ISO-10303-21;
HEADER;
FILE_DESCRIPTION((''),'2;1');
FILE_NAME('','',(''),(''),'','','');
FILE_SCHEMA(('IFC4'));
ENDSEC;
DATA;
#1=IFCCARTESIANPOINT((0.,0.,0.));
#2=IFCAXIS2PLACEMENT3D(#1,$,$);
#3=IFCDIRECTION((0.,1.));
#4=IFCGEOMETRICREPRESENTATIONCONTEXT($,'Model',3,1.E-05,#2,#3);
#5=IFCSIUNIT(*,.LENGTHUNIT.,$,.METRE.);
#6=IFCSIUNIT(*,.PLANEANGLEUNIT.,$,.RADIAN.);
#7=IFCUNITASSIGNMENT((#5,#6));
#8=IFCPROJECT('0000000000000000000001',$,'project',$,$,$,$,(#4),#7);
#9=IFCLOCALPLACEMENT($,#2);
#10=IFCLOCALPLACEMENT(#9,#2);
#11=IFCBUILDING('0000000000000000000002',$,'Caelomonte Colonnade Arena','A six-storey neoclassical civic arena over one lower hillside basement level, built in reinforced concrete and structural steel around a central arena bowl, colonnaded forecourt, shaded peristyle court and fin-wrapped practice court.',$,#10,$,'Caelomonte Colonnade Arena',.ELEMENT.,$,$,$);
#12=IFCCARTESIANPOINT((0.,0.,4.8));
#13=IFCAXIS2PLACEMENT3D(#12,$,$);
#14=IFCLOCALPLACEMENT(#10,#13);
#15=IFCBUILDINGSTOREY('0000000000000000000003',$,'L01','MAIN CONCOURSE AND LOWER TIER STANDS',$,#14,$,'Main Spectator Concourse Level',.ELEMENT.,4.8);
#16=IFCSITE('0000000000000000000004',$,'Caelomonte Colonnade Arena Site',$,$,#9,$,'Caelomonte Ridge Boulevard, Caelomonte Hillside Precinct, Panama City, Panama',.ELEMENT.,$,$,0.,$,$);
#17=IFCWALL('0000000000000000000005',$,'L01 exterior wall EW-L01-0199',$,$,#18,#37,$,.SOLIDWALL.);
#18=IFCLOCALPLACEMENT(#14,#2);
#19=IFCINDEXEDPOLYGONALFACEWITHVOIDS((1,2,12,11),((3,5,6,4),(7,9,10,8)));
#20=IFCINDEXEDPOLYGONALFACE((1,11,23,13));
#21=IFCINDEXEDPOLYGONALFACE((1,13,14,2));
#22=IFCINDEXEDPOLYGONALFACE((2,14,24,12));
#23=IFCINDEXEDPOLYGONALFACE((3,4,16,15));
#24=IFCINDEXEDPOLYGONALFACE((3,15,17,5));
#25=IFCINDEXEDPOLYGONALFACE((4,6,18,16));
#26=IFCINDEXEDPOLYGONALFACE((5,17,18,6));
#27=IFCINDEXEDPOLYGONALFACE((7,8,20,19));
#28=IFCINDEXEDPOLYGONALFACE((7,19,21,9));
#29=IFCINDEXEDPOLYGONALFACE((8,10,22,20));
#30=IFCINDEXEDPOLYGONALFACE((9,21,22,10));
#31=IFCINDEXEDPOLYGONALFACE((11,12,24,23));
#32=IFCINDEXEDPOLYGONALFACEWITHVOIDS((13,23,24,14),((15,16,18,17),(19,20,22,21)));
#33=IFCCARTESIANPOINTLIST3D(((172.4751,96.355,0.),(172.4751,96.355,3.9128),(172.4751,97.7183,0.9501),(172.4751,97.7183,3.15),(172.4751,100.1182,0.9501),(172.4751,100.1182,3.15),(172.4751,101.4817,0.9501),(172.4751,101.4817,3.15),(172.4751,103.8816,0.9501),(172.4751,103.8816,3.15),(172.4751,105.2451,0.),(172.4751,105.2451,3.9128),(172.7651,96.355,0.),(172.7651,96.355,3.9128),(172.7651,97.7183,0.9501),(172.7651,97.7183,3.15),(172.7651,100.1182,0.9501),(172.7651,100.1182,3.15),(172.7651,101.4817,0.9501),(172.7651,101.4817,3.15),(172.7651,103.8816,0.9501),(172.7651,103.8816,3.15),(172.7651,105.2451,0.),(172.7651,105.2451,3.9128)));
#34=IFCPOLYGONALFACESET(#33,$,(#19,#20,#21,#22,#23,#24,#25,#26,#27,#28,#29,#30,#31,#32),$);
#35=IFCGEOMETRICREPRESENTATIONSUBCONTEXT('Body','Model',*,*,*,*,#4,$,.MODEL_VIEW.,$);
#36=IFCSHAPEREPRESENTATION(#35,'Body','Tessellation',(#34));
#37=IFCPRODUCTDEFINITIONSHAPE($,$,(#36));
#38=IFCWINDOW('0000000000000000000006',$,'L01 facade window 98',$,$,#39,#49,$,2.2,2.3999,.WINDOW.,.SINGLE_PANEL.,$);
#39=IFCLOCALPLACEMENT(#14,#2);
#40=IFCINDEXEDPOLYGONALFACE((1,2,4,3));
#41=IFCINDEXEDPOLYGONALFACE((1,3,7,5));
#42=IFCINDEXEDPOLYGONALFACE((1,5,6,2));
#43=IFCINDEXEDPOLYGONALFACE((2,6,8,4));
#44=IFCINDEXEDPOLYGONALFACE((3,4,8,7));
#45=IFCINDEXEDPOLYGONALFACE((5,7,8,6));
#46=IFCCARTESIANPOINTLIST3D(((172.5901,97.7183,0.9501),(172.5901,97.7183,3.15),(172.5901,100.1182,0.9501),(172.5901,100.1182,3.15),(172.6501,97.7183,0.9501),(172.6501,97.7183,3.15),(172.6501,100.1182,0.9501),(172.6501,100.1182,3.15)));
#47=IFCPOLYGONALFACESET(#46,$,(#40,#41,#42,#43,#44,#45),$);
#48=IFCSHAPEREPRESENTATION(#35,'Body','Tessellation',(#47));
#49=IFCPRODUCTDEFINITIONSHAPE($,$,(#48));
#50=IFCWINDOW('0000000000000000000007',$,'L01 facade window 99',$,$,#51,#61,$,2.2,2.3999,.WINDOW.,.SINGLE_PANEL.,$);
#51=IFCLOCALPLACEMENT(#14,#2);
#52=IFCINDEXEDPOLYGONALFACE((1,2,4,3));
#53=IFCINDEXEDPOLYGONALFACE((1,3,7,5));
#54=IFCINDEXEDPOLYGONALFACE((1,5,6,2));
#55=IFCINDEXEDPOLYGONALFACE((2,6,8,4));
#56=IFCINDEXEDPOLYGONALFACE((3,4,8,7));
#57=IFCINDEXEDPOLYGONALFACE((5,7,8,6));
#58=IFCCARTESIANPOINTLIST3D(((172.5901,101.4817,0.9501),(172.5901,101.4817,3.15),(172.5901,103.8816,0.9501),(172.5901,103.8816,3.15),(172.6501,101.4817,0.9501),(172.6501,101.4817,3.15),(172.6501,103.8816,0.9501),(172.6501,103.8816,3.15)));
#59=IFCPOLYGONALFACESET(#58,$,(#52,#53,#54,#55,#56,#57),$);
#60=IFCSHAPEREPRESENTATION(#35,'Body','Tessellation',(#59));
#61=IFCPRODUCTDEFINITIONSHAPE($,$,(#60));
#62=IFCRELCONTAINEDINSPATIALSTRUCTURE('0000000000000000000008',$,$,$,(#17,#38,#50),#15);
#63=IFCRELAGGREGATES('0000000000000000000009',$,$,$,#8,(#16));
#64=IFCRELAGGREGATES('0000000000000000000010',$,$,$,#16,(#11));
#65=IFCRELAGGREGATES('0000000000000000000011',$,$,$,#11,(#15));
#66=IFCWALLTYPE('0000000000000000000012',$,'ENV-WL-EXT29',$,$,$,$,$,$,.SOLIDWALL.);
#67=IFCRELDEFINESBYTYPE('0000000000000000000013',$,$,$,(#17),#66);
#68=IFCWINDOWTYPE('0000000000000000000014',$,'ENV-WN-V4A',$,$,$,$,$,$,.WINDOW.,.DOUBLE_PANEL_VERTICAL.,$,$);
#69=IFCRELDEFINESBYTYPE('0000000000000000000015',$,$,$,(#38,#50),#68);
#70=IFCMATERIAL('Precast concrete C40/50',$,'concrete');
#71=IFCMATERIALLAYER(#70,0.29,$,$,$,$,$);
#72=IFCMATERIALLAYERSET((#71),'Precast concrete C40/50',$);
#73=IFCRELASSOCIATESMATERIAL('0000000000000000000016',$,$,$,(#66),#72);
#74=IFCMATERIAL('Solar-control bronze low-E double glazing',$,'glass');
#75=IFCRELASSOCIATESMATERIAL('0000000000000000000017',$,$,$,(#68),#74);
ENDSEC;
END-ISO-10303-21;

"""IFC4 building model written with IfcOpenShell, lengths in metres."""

from ifc_helpers import new_model, si_unit, direction, frame, frame_2d, origin, place, context, subcontext, project, spatial, rectangle, extrude, material, layer, layer_set, type_object, element, fill, save


model = new_model("IFC4")

# Units and contexts
model_context = context("Model", 3, precision=1e-05, world=origin(), true_north=direction((0.0, 1.0)))
body_context = subcontext(model_context, "Body", "Model", "MODEL_VIEW")
ifc_project = project(units=[si_unit("LENGTHUNIT", "METRE"), si_unit("PLANEANGLEUNIT", "RADIAN")], contexts=[model_context])

# Site, building, storey
site_placement = place(None, origin())
site = spatial("IfcSite", under=ifc_project, at=site_placement, Name="Caelomonte Colonnade Arena Site", LongName="Caelomonte Ridge Boulevard, Caelomonte Hillside Precinct, Panama City, Panama", CompositionType="ELEMENT", RefElevation=0.0)
building_placement = place(site_placement, origin())
building = spatial("IfcBuilding", under=site, at=building_placement, Name="Caelomonte Colonnade Arena", Description="A six-storey neoclassical civic arena over one lower hillside basement level, built in reinforced concrete and structural steel around a central arena bowl, colonnaded forecourt, shaded peristyle court and fin-wrapped practice court.", LongName="Caelomonte Colonnade Arena", CompositionType="ELEMENT")
storey_placement = place(building_placement, frame((0.0, 0.0, 4.8)))
storey = spatial("IfcBuildingStorey", under=building, at=storey_placement, Name="L01", Description="MAIN CONCOURSE AND LOWER TIER STANDS", LongName="Main Spectator Concourse Level", CompositionType="ELEMENT", Elevation=4.8)

# Shared definitions
ifc_material_1 = material(Name="Solar-control bronze low-E double glazing", Category="glass")

# Wall, openings, windows
ifc_material_2 = material(Name="Precast concrete C40/50", Category="concrete")
ifc_layer_1 = layer(ifc_material_2, 0.29)
ifc_layer_set_1 = layer_set([ifc_layer_1], Name="Precast concrete C40/50")
wall_type = type_object("IfcWallType", Name="ENV-WL-EXT29", PredefinedType="SOLIDWALL", material=ifc_layer_set_1)
window_type = type_object("IfcWindowType", Name="ENV-WN-V4A", PartitioningType="DOUBLE_PANEL_VERTICAL", PredefinedType="WINDOW", material=ifc_material_1)
wall_1_placement = place(storey_placement, frame((172.6201, 96.355, 0.0), z_axis=(0.0, 0.0, 1.0), x_axis=(0.0, 1.0, 0.0)))
wall_1 = element("IfcWall", 1, at=wall_1_placement, inside=storey, type_object=wall_type, Name="L01 exterior wall EW-L01-0199", PredefinedType="SOLIDWALL", context=body_context, shape_type="SweptSolid", body=[
    extrude(rectangle(XDim=8.8901, YDim=0.29, at=frame_2d((4.4451, 0.0))), origin(), (0.0, 0.0, 1.0), 3.9128),
])
opening_1_placement = place(wall_1_placement, frame((3.7632, 0.0, 0.95), z_axis=(0.0, 0.0, 1.0), x_axis=(-1.0, 0.0, 0.0)))
opening_1 = element("IfcOpeningElement", 2, at=opening_1_placement, cuts=wall_1, PredefinedType="OPENING", context=body_context, shape_type="SweptSolid", body=[
    extrude(rectangle(XDim=2.3999, YDim=2.2, at=frame_2d((1.2, 1.1001))), frame((0.0, 0.155, 0.0), z_axis=(0.0, -1.0, 0.0), x_axis=(1.0, 0.0, 0.0)), (0.0, 0.0, 1.0), 0.3101),
])
opening_2_placement = place(wall_1_placement, frame((7.5266, 0.0, 0.95), z_axis=(0.0, 0.0, 1.0), x_axis=(-1.0, 0.0, 0.0)))
opening_2 = element("IfcOpeningElement", 3, at=opening_2_placement, cuts=wall_1, PredefinedType="OPENING", context=body_context, shape_type="SweptSolid", body=[
    extrude(rectangle(XDim=2.3999, YDim=2.2, at=frame_2d((1.2, 1.1001))), frame((0.0, 0.155, 0.0), z_axis=(0.0, -1.0, 0.0), x_axis=(1.0, 0.0, 0.0)), (0.0, 0.0, 1.0), 0.3101),
])
window_1_placement = place(opening_1_placement, origin())
window_1 = element("IfcWindow", 4, at=window_1_placement, inside=storey, type_object=window_type, Name="L01 facade window 98", OverallHeight=2.2, OverallWidth=2.3999, PartitioningType="SINGLE_PANEL", PredefinedType="WINDOW", context=body_context, shape_type="SweptSolid", body=[
    extrude(rectangle(XDim=2.3999, YDim=2.2, at=frame_2d((1.2, 1.1001))), frame((0.0, 0.03, 0.0), z_axis=(0.0, -1.0, 0.0), x_axis=(1.0, 0.0, 0.0)), (0.0, 0.0, 1.0), 0.0601),
])
fill(opening_1, window_1)
window_2_placement = place(opening_2_placement, origin())
window_2 = element("IfcWindow", 5, at=window_2_placement, inside=storey, type_object=window_type, Name="L01 facade window 99", OverallHeight=2.2, OverallWidth=2.3999, PartitioningType="SINGLE_PANEL", PredefinedType="WINDOW", context=body_context, shape_type="SweptSolid", body=[
    extrude(rectangle(XDim=2.3999, YDim=2.2, at=frame_2d((1.2, 1.1001))), frame((0.0, 0.03, 0.0), z_axis=(0.0, -1.0, 0.0), x_axis=(1.0, 0.0, 0.0)), (0.0, 0.0, 1.0), 0.0601),
])
fill(opening_2, window_2)

save(model, "model.ifc")
